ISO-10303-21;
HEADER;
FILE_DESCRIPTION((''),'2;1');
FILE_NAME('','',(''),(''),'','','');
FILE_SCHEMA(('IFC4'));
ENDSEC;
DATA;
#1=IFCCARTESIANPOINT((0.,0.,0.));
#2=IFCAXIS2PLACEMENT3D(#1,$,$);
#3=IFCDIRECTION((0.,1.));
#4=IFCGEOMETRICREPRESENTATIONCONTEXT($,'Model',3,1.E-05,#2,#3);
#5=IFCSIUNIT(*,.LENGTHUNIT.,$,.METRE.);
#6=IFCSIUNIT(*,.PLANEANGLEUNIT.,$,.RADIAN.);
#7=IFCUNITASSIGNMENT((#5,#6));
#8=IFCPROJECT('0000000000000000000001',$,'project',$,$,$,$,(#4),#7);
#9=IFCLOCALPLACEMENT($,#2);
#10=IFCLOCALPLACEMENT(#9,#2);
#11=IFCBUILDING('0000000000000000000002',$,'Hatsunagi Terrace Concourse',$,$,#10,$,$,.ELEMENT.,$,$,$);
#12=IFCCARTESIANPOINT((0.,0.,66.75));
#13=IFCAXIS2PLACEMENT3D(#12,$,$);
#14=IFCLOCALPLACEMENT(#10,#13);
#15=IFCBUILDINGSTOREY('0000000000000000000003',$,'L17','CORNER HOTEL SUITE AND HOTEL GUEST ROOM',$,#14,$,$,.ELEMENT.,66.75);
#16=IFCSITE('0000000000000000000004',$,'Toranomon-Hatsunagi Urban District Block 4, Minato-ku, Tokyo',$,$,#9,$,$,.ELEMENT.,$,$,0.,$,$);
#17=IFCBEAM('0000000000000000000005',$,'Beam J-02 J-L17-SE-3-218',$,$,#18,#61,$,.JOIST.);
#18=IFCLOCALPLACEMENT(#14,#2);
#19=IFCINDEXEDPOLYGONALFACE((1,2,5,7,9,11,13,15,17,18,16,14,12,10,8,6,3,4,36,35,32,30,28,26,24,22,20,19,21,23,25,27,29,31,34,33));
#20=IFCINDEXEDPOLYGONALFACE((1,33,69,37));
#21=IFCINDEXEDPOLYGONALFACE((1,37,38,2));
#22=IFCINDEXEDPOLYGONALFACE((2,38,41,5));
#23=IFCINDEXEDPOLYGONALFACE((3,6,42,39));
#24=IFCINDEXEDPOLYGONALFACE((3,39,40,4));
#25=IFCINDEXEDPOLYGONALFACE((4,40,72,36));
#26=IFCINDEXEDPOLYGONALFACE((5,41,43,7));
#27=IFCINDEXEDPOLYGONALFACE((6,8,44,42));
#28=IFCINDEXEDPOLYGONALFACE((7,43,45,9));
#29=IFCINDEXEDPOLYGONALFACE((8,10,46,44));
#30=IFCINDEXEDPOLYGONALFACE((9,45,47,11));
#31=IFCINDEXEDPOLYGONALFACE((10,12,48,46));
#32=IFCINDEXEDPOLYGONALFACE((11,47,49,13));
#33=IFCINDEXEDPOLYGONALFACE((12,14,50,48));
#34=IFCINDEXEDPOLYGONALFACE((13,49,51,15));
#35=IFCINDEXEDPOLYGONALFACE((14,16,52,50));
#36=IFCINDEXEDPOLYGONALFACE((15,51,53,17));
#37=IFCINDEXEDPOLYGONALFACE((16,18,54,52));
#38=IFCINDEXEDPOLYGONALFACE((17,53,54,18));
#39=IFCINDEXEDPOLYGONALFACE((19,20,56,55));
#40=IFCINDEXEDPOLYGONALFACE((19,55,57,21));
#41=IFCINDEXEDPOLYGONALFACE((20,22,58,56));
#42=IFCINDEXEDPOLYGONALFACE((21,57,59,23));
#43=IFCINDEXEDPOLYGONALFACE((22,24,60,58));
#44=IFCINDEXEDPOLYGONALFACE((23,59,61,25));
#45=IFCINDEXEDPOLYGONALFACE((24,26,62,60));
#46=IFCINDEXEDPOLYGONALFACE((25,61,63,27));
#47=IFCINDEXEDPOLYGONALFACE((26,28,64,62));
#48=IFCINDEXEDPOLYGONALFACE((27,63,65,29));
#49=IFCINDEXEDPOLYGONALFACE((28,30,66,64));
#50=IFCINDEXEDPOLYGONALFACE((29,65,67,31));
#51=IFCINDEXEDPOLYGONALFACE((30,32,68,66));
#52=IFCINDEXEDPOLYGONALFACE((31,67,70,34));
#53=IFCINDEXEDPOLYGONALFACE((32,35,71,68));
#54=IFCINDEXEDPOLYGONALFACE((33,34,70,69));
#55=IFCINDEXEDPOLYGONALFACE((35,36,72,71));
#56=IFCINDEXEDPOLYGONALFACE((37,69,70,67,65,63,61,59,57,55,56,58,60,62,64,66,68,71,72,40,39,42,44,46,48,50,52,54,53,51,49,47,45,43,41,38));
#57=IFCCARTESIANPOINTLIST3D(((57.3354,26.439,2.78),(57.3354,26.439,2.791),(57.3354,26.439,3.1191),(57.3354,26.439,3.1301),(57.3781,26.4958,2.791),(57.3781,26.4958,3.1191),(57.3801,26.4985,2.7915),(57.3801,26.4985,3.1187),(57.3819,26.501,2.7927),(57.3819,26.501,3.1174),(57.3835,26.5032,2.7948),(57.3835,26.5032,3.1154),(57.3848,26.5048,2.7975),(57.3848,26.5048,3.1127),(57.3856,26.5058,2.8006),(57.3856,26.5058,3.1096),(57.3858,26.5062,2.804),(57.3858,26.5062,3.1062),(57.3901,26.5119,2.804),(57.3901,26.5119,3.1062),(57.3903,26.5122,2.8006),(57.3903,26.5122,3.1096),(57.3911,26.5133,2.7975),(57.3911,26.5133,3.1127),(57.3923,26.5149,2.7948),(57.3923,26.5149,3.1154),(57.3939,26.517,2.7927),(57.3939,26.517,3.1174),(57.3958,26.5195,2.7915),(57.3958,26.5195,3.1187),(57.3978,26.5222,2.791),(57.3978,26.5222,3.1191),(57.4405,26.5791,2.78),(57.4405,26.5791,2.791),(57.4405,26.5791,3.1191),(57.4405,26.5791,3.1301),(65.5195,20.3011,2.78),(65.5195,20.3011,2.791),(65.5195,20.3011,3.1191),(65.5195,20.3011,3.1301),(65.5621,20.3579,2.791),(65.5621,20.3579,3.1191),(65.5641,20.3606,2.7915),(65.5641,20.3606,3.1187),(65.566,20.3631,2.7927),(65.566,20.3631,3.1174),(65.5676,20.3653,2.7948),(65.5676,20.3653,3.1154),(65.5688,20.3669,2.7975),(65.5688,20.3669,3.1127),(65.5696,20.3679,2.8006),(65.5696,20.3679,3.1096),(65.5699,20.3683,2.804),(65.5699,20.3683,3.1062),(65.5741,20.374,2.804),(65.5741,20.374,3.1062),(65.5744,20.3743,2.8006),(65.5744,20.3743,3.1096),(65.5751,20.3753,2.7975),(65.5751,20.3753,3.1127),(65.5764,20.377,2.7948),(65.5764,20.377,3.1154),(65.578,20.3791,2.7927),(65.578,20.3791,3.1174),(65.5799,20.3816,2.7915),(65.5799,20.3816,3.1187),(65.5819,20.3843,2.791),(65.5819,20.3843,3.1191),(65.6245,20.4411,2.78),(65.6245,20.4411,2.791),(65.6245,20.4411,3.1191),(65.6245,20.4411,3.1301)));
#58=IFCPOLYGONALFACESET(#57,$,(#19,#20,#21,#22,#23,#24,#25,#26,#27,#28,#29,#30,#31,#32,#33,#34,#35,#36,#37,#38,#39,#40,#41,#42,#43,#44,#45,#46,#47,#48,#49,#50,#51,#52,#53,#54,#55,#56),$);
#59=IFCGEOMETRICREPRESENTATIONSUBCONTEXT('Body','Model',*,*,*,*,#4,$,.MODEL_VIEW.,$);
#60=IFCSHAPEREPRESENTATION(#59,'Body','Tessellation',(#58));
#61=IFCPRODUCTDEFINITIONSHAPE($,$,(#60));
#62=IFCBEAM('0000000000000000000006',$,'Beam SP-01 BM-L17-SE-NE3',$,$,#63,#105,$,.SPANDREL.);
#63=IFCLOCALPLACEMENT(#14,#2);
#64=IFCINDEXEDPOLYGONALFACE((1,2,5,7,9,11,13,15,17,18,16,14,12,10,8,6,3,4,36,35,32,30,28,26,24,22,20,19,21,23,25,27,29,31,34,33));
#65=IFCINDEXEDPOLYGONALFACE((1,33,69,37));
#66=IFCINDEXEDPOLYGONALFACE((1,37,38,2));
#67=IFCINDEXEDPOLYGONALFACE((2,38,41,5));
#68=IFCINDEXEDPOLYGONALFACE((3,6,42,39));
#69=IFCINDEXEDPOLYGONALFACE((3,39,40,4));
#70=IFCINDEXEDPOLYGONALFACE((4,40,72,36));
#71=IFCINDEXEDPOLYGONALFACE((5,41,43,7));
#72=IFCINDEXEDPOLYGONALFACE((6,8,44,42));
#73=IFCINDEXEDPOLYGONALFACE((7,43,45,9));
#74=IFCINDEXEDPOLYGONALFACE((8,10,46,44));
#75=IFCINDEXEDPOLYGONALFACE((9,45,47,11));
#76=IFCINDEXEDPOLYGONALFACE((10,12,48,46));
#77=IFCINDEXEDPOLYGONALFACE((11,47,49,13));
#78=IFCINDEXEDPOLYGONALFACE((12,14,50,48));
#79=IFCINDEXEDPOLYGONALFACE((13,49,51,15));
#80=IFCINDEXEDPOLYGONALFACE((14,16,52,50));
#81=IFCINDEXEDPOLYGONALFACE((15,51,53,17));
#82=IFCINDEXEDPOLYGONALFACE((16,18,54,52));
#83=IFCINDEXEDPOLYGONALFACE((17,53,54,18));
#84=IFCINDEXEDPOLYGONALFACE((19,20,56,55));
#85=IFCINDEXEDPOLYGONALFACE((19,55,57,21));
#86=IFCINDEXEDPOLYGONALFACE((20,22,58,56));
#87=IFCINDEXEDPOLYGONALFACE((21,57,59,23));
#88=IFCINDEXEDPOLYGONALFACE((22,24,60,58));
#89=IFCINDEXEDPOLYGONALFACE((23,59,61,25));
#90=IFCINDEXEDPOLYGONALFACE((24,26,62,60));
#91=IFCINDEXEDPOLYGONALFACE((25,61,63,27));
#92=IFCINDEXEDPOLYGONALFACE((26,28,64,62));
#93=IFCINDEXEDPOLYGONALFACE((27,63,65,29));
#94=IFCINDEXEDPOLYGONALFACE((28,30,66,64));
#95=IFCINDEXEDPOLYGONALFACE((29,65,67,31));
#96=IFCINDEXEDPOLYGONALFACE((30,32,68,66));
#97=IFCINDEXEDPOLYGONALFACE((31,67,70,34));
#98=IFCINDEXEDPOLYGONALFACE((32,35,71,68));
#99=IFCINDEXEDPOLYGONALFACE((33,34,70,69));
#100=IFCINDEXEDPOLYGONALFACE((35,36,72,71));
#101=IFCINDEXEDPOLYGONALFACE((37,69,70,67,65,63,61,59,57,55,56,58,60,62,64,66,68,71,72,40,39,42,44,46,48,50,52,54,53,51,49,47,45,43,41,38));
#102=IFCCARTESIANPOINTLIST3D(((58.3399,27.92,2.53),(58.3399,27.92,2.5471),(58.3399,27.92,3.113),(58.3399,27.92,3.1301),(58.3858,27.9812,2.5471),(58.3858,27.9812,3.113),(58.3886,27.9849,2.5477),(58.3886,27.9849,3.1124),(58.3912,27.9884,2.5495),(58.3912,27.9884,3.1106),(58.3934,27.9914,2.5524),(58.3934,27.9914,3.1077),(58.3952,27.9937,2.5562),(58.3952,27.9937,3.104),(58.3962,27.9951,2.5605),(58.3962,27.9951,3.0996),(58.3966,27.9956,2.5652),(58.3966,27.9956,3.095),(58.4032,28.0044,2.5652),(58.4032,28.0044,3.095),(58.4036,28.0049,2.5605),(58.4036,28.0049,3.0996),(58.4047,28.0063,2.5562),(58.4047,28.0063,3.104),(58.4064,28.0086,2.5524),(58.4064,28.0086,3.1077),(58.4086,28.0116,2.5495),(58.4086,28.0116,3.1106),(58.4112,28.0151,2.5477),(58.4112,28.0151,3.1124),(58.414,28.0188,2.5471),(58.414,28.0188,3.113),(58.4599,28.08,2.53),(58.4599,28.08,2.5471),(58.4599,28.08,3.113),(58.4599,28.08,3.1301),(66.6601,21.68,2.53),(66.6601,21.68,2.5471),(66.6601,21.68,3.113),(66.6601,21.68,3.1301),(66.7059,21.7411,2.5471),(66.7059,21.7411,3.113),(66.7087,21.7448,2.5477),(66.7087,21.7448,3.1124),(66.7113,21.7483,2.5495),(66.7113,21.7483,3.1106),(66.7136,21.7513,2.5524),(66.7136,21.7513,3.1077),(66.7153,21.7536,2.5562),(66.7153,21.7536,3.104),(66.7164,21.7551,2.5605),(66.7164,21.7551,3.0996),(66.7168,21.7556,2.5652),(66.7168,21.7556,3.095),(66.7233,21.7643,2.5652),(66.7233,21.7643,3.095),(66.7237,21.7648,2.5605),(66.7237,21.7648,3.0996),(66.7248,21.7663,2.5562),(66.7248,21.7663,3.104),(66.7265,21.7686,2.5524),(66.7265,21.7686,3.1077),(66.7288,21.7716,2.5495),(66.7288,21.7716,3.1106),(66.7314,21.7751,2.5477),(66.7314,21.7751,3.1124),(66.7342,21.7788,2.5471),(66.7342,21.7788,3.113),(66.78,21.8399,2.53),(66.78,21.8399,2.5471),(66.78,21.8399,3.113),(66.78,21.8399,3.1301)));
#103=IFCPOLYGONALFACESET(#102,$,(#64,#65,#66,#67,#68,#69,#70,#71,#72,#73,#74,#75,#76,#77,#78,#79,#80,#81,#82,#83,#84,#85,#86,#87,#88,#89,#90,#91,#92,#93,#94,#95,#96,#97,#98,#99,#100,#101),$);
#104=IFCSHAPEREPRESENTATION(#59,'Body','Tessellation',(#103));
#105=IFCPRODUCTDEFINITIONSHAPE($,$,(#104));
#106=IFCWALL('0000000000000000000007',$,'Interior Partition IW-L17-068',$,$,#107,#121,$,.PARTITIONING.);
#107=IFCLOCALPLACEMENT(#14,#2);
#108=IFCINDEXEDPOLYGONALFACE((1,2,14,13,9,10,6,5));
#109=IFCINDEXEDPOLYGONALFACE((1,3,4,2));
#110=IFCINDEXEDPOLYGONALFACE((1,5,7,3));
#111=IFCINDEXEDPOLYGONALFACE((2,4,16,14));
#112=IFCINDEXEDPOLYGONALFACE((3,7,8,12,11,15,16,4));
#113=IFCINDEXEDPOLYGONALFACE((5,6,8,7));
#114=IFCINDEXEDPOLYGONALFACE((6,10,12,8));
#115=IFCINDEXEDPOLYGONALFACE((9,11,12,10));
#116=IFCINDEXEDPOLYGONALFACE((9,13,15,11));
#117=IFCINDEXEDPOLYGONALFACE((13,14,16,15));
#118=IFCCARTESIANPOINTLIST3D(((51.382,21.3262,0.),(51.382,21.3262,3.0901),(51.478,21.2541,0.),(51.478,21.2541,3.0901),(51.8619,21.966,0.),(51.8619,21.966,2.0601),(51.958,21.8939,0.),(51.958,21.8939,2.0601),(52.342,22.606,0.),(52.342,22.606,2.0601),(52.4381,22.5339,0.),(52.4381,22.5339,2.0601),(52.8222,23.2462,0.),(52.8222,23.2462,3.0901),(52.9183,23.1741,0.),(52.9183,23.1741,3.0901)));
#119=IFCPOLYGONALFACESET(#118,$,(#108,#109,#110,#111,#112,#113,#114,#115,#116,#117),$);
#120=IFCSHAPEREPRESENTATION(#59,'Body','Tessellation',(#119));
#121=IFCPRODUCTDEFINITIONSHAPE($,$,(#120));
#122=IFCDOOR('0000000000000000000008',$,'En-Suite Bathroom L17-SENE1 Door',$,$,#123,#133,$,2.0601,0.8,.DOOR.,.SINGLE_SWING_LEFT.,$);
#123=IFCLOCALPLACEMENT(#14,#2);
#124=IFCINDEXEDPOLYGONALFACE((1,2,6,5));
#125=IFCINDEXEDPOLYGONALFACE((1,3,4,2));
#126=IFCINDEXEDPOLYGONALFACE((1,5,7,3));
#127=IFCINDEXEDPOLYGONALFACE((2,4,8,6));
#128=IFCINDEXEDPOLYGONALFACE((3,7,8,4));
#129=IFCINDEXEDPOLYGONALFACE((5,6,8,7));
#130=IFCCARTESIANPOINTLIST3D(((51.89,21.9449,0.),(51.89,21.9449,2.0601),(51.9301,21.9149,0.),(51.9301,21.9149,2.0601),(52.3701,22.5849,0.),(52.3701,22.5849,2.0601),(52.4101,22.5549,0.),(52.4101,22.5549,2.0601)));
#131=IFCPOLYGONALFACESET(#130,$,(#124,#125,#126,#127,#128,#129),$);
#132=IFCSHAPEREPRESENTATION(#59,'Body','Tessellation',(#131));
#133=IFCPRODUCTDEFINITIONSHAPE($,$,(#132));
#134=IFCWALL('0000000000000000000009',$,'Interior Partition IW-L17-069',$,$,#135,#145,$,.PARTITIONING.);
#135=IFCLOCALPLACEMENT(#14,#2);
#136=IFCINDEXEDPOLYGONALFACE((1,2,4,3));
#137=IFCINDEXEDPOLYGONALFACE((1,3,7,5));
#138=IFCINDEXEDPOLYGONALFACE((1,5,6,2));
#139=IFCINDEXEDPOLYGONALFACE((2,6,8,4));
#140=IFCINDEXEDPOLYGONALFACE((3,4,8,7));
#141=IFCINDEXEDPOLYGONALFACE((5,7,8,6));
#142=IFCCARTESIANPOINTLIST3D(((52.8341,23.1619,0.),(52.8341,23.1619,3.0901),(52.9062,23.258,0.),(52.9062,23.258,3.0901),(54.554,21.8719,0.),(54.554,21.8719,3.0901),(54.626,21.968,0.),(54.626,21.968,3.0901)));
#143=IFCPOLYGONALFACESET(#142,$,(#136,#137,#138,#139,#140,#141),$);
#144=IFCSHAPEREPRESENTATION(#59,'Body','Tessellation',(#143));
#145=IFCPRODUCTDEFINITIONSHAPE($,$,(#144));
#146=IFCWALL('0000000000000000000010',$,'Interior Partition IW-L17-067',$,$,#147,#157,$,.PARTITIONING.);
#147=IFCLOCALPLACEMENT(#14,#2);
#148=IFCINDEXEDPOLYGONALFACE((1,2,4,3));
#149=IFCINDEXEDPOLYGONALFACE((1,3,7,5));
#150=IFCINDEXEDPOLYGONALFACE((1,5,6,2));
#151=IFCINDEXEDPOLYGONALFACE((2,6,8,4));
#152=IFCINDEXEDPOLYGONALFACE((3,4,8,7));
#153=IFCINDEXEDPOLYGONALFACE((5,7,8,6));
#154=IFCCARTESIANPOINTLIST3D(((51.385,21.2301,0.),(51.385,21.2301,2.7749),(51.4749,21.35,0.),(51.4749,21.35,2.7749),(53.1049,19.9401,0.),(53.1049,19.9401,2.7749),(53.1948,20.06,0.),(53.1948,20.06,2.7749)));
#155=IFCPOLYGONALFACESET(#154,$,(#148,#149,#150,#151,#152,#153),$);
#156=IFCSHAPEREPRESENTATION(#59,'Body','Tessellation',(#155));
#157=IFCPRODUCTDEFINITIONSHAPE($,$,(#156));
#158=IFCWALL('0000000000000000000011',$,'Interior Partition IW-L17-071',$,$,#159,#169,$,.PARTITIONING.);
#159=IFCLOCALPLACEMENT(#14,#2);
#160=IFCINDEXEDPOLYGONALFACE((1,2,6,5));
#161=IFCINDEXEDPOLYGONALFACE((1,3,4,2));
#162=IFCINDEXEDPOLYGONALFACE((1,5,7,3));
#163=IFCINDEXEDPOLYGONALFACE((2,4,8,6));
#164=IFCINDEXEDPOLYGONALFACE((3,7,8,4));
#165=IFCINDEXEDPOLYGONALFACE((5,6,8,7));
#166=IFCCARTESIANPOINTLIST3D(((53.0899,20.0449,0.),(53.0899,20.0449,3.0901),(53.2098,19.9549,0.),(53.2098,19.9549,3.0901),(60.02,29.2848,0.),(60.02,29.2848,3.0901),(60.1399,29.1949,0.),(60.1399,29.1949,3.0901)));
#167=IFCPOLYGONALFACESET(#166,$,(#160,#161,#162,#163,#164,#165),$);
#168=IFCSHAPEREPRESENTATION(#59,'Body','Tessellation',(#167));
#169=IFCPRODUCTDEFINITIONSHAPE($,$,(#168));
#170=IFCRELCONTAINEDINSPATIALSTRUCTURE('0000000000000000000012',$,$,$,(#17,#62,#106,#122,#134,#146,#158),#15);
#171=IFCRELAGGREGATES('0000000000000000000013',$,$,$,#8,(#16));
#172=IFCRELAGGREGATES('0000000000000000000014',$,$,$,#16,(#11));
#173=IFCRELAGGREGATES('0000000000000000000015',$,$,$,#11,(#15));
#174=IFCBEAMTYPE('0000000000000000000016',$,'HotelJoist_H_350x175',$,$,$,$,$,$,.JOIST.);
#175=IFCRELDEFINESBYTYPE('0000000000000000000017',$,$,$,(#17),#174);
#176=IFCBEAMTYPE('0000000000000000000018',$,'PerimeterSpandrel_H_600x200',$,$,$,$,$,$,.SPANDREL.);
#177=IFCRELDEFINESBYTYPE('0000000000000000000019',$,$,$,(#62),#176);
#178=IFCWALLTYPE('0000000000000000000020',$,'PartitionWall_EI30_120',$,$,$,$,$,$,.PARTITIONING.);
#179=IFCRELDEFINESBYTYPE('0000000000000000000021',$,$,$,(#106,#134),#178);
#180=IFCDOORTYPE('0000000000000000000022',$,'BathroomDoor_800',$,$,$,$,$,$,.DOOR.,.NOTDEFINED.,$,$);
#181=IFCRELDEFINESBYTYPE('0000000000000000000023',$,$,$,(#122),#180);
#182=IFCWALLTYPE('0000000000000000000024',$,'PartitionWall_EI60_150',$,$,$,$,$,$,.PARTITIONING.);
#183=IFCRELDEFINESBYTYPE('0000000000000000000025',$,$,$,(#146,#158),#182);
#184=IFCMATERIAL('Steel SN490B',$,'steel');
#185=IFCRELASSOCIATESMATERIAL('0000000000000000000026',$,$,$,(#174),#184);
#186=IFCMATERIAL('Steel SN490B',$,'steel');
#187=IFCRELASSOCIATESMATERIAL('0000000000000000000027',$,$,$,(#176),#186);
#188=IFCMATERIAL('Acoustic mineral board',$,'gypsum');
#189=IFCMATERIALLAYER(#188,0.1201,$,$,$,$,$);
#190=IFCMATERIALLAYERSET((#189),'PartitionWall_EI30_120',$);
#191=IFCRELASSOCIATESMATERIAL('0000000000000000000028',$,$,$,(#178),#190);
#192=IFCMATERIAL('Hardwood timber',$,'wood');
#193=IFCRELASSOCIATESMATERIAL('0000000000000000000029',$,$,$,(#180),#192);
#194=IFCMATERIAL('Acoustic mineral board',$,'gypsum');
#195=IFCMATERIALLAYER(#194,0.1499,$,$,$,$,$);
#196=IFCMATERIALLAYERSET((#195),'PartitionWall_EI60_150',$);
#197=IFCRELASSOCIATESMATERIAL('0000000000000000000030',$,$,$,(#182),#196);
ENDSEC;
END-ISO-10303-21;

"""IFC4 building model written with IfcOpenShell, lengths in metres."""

from ifc_helpers import new_model, si_unit, direction, frame, frame_2d, origin, origin_2d, place, context, subcontext, project, spatial, rectangle, i_section, extrude, material, layer, layer_set, material_profile, profile_set, type_object, element, fill, save


model = new_model("IFC4")

# Units and contexts
model_context = context("Model", 3, precision=1e-05, world=origin(), true_north=direction((0.0, 1.0)))
body_context = subcontext(model_context, "Body", "Model", "MODEL_VIEW")
ifc_project = project(units=[si_unit("LENGTHUNIT", "METRE"), si_unit("PLANEANGLEUNIT", "RADIAN")], contexts=[model_context])

# Site, building, storey
site_placement = place(None, origin())
site = spatial("IfcSite", under=ifc_project, at=site_placement, Name="Toranomon-Hatsunagi Urban District Block 4, Minato-ku, Tokyo", CompositionType="ELEMENT", RefElevation=0.0)
building_placement = place(site_placement, origin())
building = spatial("IfcBuilding", under=site, at=building_placement, Name="Hatsunagi Terrace Concourse", CompositionType="ELEMENT")
storey_placement = place(building_placement, frame((0.0, 0.0, 66.75)))
storey = spatial("IfcBuildingStorey", under=building, at=storey_placement, Name="L17", Description="CORNER HOTEL SUITE AND HOTEL GUEST ROOM", CompositionType="ELEMENT", Elevation=66.75)

# Beams
ifc_material_1 = material(Name="Steel SN490B", Category="steel")
ifc_material_profile_1 = material_profile(ifc_material_1, i_section(OverallWidth=0.175, OverallDepth=0.3501, WebThickness=0.0071, FlangeThickness=0.011, FilletRadius=0.0129, at=origin_2d()), Name="H-350x175x7x11")
ifc_profile_set_1 = profile_set([ifc_material_profile_1], Name="Steel SN490B")
beam_type_1 = type_object("IfcBeamType", Name="HotelJoist_H_350x175", PredefinedType="JOIST", material=ifc_profile_set_1)
beam_1_placement = place(storey_placement, frame((57.3879, 26.509, 2.9551), z_axis=(0.800006, -0.599992, 0.0), x_axis=(0.599992, 0.800006, 0.0)))
element("IfcBeam", 1, at=beam_1_placement, inside=storey, type_object=beam_type_1, Name="Beam J-02 J-L17-SE-3-218", PredefinedType="JOIST", context=body_context, shape_type="SweptSolid", body=[
    extrude(i_section(OverallWidth=0.175, OverallDepth=0.3501, WebThickness=0.0071, FlangeThickness=0.011, FilletRadius=0.0129, at=origin_2d()), origin(), (0.0, 0.0, 1.0), 10.23),
])
ifc_material_2 = material(Name="Steel SN490B", Category="steel")
ifc_material_profile_2 = material_profile(ifc_material_2, i_section(OverallWidth=0.2, OverallDepth=0.6001, WebThickness=0.011, FlangeThickness=0.0171, FilletRadius=0.0181, at=origin_2d()), Name="H-600x200x11x17")
ifc_profile_set_2 = profile_set([ifc_material_profile_2], Name="Steel SN490B")
beam_type_2 = type_object("IfcBeamType", Name="PerimeterSpandrel_H_600x200", PredefinedType="SPANDREL", material=ifc_profile_set_2)
beam_2_placement = place(storey_placement, frame((58.3999, 28.0, 2.8301), z_axis=(0.800003, -0.599996, 0.0), x_axis=(0.599996, 0.800003, 0.0)))
element("IfcBeam", 2, at=beam_2_placement, inside=storey, type_object=beam_type_2, Name="Beam SP-01 BM-L17-SE-NE3", PredefinedType="SPANDREL", context=body_context, shape_type="SweptSolid", body=[
    extrude(i_section(OverallWidth=0.2, OverallDepth=0.6001, WebThickness=0.011, FlangeThickness=0.0171, FilletRadius=0.0181, at=origin_2d()), origin(), (0.0, 0.0, 1.0), 10.4001),
])

# Wall, opening, door
ifc_material_3 = material(Name="Acoustic mineral board", Category="gypsum")
ifc_layer_1 = layer(ifc_material_3, 0.1201)
ifc_layer_set_1 = layer_set([ifc_layer_1], Name="PartitionWall_EI30_120")
wall_type_1 = type_object("IfcWallType", Name="PartitionWall_EI30_120", PredefinedType="PARTITIONING", material=ifc_layer_set_1)
wall_1_placement = place(storey_placement, frame((51.4299, 21.29, 0.0), z_axis=(0.0, 0.0, 1.0), x_axis=(0.600065, 0.799951, 0.0)))
wall_1 = element("IfcWall", 3, at=wall_1_placement, inside=storey, type_object=wall_type_1, Name="Interior Partition IW-L17-068", PredefinedType="PARTITIONING", context=body_context, shape_type="SweptSolid", body=[
    extrude(rectangle(XDim=2.4001, YDim=0.1201, at=frame_2d((1.2002, 0.0))), origin(), (0.0, 0.0, 1.0), 3.0901),
])
opening_1_placement = place(wall_1_placement, frame((0.8, 0.0, 0.0)))
opening_1 = element("IfcOpeningElement", 4, at=opening_1_placement, cuts=wall_1, PredefinedType="OPENING", context=body_context, shape_type="SweptSolid", body=[
    extrude(rectangle(XDim=0.8, YDim=2.0601, at=frame_2d((0.3999, 1.03))), frame((0.0, 0.0701, 0.0), z_axis=(0.0, -1.0, 0.0), x_axis=(1.0, 0.0, 0.0)), (0.0, 0.0, 1.0), 0.1401),
])
ifc_material_4 = material(Name="Hardwood timber", Category="wood")
door_type_1 = type_object("IfcDoorType", Name="BathroomDoor_800", OperationType="NOTDEFINED", PredefinedType="DOOR", material=ifc_material_4)
door_1_placement = place(opening_1_placement, origin())
door_1 = element("IfcDoor", 5, at=door_1_placement, inside=storey, type_object=door_type_1, Name="En-Suite Bathroom L17-SENE1 Door", OperationType="SINGLE_SWING_LEFT", OverallHeight=2.0601, OverallWidth=0.8, PredefinedType="DOOR", context=body_context, shape_type="SweptSolid", body=[
    extrude(rectangle(XDim=0.8, YDim=2.0601, at=frame_2d((0.3999, 1.03))), frame((0.0, 0.0249, 0.0), z_axis=(0.0, -1.0, 0.0), x_axis=(1.0, 0.0, 0.0)), (0.0, 0.0, 1.0), 0.05),
])
fill(opening_1, door_1)

# Walls
wall_2_placement = place(storey_placement, frame((52.8701, 23.21, 0.0), z_axis=(0.0, 0.0, 1.0), x_axis=(0.799986, -0.600018, 0.0)))
element("IfcWall", 6, at=wall_2_placement, inside=storey, type_object=wall_type_1, Name="Interior Partition IW-L17-069", PredefinedType="PARTITIONING", context=body_context, shape_type="SweptSolid", body=[
    extrude(rectangle(XDim=2.1499, YDim=0.1201, at=frame_2d((1.075, 0.0))), origin(), (0.0, 0.0, 1.0), 3.0901),
])
ifc_material_5 = material(Name="Acoustic mineral board", Category="gypsum")
ifc_layer_2 = layer(ifc_material_5, 0.1499)
ifc_layer_set_2 = layer_set([ifc_layer_2], Name="PartitionWall_EI60_150")
wall_type_2 = type_object("IfcWallType", Name="PartitionWall_EI60_150", PredefinedType="PARTITIONING", material=ifc_layer_set_2)
wall_3_placement = place(storey_placement, frame((51.4299, 21.29, 0.0), z_axis=(0.0, 0.0, 1.0), x_axis=(0.799986, -0.600018, 0.0)))
element("IfcWall", 7, at=wall_3_placement, inside=storey, type_object=wall_type_2, Name="Interior Partition IW-L17-067", PredefinedType="PARTITIONING", context=body_context, shape_type="SweptSolid", body=[
    extrude(rectangle(XDim=2.1499, YDim=0.1499, at=frame_2d((1.075, 0.0))), origin(), (0.0, 0.0, 1.0), 2.7749),
])
wall_4_placement = place(storey_placement, frame((53.1499, 20.0, 0.0), z_axis=(0.0, 0.0, 1.0), x_axis=(0.60001, 0.799992, 0.0)))
element("IfcWall", 8, at=wall_4_placement, inside=storey, type_object=wall_type_2, Name="Interior Partition IW-L17-071", PredefinedType="PARTITIONING", context=body_context, shape_type="SweptSolid", body=[
    extrude(rectangle(XDim=11.55, YDim=0.1499, at=frame_2d((5.7749, 0.0))), origin(), (0.0, 0.0, 1.0), 3.0901),
])

save(model, "model.ifc")
